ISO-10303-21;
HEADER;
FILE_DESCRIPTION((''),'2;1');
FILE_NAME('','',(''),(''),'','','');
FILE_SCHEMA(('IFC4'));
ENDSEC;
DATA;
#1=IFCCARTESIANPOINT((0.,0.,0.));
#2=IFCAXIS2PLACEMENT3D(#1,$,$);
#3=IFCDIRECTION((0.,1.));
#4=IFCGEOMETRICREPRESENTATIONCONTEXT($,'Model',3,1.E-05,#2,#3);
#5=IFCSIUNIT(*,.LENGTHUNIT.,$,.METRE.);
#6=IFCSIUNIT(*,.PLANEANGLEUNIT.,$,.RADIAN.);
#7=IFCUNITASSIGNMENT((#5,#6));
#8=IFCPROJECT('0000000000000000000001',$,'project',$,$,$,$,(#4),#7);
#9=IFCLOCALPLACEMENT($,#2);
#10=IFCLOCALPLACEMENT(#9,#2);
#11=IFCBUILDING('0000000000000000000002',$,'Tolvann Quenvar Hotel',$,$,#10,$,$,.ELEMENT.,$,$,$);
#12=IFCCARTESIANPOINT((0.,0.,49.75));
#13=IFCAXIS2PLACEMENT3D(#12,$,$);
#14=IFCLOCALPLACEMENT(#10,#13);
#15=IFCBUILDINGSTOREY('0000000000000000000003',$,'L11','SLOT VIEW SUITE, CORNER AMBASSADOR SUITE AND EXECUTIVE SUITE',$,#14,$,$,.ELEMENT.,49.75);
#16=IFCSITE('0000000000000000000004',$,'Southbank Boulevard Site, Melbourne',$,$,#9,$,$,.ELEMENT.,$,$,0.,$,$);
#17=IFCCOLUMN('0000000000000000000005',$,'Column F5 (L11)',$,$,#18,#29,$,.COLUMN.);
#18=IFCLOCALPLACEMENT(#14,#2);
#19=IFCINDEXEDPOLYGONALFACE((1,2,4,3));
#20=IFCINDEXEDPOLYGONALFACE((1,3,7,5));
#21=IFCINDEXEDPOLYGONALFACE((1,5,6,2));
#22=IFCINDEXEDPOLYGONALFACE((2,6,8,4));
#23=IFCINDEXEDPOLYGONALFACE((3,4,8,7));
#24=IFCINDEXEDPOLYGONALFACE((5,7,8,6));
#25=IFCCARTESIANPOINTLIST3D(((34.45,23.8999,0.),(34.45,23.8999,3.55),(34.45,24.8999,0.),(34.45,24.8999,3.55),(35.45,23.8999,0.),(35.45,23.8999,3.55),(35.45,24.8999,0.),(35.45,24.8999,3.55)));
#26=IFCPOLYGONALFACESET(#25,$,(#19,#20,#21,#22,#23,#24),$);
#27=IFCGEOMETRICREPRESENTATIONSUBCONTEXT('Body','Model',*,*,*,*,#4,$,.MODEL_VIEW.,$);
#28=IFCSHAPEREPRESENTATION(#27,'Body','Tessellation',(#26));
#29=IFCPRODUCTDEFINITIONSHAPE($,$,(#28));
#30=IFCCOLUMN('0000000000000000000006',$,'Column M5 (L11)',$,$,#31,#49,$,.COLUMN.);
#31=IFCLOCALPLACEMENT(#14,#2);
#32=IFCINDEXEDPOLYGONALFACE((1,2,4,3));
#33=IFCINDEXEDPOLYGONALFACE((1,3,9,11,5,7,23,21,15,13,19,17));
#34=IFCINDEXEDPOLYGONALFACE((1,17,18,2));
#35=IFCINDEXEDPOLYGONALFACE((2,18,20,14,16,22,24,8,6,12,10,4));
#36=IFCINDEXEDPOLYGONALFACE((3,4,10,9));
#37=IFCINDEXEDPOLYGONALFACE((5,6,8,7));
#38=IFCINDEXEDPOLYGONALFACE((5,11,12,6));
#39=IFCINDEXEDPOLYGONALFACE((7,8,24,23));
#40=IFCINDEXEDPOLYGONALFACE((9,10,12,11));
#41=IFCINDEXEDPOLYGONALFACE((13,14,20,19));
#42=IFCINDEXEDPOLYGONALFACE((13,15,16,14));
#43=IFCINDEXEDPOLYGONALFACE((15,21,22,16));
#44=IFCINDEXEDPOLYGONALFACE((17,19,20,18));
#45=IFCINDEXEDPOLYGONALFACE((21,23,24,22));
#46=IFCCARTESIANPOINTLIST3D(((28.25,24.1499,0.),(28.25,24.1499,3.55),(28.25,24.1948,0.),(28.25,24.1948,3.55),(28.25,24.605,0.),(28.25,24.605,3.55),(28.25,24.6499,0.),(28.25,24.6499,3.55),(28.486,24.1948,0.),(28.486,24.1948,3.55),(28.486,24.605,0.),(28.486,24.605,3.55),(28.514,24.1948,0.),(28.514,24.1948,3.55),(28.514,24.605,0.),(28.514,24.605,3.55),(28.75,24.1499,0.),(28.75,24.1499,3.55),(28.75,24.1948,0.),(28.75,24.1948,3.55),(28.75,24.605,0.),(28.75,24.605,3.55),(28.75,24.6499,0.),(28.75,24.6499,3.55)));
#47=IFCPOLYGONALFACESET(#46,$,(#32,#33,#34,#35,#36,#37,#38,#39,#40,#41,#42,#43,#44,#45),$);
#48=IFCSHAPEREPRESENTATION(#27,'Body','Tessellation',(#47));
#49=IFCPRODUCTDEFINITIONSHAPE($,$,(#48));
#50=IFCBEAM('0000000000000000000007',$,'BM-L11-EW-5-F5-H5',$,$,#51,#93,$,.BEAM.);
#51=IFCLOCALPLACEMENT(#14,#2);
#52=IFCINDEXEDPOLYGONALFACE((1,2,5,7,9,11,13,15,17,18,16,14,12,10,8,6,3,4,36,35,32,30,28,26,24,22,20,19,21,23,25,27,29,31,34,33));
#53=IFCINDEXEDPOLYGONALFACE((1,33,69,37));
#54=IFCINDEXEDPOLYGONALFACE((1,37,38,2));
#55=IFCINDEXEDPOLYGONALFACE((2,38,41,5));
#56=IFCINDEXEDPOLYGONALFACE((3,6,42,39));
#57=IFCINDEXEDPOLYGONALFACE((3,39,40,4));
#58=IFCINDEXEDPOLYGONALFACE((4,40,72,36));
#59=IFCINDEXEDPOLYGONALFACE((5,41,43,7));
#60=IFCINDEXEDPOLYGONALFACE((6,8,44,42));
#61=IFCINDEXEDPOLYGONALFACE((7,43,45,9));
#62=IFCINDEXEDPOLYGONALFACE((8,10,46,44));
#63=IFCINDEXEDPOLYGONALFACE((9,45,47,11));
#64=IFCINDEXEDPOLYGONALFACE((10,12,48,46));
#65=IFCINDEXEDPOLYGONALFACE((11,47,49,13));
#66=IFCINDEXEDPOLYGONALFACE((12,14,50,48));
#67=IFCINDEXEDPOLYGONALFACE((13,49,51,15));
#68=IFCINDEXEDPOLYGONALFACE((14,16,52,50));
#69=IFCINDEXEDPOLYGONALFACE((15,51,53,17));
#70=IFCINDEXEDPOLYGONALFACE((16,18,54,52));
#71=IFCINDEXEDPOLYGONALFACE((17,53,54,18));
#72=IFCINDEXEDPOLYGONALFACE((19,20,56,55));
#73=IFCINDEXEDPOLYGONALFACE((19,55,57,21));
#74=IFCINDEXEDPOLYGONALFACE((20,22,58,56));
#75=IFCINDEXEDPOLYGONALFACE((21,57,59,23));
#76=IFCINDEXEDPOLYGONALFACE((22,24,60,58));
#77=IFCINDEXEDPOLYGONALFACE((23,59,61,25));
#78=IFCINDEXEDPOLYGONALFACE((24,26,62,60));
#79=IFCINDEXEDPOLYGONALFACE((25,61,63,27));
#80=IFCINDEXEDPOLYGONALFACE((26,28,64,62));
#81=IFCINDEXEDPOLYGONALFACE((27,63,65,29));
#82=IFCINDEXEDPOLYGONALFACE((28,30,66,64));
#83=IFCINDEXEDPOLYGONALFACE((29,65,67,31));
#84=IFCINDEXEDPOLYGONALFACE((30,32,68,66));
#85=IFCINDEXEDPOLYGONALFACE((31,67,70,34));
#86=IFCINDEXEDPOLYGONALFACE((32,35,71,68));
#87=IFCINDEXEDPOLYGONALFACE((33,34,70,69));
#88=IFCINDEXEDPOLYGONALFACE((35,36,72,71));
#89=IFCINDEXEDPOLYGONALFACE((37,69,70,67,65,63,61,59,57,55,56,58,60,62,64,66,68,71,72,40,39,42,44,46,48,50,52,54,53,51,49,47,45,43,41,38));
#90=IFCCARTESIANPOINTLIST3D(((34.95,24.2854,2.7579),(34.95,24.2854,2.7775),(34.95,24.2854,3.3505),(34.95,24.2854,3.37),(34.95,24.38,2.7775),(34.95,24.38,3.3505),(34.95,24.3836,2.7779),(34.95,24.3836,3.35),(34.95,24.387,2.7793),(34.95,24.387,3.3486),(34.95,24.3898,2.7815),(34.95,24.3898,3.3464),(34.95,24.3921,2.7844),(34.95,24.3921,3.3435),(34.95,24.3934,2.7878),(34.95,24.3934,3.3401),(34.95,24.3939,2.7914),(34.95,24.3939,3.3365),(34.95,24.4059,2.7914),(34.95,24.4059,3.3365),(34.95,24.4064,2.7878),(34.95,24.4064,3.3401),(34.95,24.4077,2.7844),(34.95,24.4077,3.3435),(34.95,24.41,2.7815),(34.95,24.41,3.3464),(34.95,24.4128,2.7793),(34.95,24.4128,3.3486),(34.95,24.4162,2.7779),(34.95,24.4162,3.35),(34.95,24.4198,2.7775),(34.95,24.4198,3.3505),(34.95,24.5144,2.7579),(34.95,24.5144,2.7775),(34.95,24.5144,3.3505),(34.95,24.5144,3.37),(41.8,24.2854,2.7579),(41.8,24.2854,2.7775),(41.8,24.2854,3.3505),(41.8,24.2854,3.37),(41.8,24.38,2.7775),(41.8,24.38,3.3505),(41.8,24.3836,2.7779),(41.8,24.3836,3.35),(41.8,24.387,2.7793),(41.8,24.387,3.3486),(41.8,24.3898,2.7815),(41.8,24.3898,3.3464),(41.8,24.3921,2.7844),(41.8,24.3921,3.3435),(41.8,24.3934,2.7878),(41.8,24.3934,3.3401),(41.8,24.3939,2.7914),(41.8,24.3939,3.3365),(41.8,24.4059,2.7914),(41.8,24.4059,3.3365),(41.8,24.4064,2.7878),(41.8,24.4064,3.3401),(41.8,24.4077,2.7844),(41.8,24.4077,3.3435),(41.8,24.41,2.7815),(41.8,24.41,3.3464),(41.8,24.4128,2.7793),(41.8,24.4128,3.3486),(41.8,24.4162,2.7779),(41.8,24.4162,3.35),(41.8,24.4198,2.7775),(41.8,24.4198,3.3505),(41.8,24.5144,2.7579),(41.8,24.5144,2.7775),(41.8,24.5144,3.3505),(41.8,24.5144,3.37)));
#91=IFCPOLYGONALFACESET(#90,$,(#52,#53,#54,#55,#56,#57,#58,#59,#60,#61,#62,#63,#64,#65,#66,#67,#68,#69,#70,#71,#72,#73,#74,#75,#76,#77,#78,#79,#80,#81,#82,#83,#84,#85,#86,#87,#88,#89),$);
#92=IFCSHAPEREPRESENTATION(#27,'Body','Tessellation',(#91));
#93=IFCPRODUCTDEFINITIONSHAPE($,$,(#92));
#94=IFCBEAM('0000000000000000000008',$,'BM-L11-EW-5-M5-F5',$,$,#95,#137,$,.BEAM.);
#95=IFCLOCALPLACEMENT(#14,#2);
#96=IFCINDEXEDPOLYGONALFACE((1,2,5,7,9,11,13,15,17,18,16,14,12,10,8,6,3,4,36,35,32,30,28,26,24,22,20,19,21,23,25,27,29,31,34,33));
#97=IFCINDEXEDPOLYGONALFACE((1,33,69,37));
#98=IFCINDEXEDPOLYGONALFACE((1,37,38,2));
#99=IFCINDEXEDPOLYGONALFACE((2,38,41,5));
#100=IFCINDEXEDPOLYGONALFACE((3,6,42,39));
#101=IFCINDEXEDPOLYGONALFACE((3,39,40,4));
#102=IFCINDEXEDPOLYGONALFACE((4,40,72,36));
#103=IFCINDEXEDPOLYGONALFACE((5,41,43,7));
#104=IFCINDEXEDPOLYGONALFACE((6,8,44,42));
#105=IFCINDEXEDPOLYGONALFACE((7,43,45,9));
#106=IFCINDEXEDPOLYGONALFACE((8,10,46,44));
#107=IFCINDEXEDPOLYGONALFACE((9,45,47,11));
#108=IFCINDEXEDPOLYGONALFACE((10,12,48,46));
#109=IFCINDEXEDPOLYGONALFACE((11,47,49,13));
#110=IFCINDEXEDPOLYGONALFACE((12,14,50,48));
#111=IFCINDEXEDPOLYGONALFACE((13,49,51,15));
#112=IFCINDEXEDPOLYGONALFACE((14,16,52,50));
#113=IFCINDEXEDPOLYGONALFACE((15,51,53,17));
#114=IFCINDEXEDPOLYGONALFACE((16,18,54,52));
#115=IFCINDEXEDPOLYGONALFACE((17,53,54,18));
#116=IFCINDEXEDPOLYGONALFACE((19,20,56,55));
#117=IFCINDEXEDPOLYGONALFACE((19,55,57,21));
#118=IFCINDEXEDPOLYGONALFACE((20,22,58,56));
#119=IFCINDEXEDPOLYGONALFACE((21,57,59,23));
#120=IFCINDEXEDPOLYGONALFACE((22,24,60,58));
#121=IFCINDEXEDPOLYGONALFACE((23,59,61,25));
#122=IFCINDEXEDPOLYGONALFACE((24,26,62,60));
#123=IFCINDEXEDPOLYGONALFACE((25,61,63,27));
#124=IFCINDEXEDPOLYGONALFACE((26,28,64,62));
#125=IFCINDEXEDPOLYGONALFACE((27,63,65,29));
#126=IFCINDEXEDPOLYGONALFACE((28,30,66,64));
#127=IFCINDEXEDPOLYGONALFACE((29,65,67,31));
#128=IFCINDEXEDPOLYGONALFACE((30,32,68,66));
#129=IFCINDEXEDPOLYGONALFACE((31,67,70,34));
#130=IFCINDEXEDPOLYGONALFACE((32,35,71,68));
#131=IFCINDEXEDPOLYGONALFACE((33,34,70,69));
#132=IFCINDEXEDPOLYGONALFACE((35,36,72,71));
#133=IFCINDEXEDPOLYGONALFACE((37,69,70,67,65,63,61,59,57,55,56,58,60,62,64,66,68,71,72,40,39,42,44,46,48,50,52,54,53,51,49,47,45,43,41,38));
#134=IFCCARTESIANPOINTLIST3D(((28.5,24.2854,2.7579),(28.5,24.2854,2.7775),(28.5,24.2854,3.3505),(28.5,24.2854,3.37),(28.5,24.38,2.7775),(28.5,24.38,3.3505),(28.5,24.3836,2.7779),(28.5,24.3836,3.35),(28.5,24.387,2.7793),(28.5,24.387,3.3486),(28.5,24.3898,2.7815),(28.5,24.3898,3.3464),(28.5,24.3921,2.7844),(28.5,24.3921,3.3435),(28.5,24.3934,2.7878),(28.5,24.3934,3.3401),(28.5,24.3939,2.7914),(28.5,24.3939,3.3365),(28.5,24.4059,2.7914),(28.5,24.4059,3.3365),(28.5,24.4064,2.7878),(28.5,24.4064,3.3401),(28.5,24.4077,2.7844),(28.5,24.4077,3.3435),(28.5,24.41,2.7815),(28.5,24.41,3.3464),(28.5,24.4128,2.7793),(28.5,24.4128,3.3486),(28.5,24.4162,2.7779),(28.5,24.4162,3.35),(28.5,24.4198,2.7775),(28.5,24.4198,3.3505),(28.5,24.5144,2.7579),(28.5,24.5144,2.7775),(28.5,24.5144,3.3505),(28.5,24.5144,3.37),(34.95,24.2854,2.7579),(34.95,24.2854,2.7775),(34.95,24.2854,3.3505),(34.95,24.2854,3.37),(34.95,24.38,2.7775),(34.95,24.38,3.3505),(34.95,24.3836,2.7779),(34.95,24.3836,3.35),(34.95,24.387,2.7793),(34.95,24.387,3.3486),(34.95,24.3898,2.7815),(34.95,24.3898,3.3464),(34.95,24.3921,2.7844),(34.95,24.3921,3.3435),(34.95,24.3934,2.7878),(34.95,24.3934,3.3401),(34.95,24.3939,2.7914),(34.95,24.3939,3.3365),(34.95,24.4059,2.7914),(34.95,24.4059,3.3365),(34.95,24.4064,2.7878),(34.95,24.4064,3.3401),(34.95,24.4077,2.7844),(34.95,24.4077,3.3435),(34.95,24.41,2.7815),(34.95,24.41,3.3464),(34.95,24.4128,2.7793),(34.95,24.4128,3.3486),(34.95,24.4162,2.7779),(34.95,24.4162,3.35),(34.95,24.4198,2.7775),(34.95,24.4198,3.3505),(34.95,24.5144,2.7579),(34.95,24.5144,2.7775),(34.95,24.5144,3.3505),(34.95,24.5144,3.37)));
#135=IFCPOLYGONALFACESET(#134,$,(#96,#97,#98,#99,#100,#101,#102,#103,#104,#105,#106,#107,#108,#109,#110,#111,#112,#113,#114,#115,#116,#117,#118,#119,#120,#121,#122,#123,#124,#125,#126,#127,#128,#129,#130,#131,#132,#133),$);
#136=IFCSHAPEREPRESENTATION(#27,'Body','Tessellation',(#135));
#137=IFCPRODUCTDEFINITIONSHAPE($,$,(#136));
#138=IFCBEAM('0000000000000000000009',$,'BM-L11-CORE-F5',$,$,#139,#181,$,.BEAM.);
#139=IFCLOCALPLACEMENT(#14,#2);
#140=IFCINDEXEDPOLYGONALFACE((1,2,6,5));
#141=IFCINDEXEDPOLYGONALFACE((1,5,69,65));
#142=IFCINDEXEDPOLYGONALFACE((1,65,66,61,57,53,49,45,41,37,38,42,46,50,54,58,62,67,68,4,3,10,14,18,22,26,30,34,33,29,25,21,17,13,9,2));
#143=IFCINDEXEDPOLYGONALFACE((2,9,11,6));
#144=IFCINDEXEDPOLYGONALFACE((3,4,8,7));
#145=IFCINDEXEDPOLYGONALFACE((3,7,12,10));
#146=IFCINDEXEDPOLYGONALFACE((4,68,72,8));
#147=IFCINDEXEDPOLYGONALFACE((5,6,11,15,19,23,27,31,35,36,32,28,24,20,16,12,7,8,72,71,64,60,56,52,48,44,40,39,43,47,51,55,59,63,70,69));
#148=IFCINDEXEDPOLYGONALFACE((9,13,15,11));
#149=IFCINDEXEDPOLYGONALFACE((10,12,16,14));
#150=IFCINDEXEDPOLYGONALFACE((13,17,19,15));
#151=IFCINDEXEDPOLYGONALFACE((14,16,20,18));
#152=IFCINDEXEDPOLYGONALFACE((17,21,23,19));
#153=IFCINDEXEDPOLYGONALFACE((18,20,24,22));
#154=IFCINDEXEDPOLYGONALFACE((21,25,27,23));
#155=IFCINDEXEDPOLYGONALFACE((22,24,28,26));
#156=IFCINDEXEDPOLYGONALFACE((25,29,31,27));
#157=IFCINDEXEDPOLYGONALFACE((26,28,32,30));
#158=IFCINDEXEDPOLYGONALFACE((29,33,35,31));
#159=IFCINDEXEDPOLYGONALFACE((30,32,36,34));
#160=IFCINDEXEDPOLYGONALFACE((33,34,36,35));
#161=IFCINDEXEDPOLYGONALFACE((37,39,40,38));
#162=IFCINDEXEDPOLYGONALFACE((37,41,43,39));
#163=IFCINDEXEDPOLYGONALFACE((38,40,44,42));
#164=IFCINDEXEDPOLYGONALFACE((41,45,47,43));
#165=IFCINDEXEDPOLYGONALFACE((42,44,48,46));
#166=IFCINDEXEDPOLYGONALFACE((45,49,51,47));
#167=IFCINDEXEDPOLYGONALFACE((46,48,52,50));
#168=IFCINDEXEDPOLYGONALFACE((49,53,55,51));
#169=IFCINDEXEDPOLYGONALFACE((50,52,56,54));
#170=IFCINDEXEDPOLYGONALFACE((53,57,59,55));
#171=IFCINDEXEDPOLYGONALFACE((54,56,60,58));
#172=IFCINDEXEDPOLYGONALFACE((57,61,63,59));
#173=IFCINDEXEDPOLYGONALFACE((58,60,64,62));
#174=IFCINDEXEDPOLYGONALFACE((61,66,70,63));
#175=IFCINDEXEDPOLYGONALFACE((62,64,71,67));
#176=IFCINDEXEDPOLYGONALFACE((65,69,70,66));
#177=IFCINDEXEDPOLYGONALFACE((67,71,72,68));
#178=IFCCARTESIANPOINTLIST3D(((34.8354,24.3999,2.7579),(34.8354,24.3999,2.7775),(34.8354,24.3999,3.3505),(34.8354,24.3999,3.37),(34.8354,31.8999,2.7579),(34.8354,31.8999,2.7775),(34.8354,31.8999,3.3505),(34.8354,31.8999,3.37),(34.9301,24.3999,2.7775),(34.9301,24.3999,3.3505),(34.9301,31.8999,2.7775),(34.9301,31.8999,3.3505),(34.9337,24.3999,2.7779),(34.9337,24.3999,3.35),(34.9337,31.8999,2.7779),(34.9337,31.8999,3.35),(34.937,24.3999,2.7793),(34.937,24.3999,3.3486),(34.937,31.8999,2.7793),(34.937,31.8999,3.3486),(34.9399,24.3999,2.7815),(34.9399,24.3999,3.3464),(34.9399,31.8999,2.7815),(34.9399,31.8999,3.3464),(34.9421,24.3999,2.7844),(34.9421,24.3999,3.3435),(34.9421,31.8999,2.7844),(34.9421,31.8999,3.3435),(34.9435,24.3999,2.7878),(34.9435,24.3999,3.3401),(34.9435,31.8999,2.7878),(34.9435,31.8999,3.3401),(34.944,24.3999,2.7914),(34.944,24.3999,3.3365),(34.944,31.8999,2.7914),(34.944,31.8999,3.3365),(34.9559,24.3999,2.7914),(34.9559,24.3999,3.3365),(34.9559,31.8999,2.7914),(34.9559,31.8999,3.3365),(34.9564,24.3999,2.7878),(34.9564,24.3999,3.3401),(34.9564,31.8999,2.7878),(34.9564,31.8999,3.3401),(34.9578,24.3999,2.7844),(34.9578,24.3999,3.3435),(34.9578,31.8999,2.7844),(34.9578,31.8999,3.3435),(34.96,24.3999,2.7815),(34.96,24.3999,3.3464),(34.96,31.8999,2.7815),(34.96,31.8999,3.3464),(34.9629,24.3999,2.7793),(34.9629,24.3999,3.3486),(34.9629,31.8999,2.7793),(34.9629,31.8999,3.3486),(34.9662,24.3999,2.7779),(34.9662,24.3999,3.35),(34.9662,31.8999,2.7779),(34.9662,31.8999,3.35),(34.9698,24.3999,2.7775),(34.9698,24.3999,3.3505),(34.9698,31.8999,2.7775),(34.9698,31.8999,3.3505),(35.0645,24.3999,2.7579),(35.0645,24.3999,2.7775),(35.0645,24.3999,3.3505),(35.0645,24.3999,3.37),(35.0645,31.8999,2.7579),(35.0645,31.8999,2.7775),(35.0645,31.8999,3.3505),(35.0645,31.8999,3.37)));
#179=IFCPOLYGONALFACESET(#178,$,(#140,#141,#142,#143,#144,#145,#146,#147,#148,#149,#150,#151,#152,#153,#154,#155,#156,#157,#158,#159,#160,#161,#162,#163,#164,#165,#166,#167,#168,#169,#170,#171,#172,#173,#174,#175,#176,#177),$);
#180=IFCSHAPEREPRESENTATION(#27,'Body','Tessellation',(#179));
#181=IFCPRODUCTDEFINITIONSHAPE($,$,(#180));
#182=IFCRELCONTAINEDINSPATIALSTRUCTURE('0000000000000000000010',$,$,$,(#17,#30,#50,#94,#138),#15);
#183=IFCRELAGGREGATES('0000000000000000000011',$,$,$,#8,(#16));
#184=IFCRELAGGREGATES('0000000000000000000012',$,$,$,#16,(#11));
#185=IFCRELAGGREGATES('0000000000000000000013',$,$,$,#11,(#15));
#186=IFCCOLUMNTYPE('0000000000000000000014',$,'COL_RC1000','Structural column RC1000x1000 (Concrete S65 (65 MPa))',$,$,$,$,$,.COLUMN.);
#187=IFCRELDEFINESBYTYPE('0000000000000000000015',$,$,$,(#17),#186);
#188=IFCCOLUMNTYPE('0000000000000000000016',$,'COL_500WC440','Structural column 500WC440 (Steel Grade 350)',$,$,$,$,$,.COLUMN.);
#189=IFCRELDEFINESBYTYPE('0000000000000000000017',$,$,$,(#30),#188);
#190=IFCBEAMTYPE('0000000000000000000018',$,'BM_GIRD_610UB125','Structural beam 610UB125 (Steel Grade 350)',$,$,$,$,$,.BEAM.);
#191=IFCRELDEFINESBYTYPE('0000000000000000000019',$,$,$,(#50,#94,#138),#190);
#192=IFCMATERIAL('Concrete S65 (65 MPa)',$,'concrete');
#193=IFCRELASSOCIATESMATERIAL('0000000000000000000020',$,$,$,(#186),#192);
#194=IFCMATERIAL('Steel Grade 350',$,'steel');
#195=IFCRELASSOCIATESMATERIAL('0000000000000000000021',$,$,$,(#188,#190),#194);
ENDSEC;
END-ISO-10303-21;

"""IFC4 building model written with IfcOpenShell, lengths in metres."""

from ifc_helpers import new_model, si_unit, direction, frame, origin, origin_2d, place, context, subcontext, project, spatial, rectangle, i_section, extrude, source, transform, mapped, material, material_profile, profile_set, type_object, type_shapes, element, save


model = new_model("IFC4")

# Units and contexts
model_context = context("Model", 3, precision=1e-05, world=origin(), true_north=direction((0.0, 1.0)))
body_context = subcontext(model_context, "Body", "Model", "MODEL_VIEW")
ifc_project = project(units=[si_unit("LENGTHUNIT", "METRE"), si_unit("PLANEANGLEUNIT", "RADIAN")], contexts=[model_context])

# Site, building, storey
site_placement = place(None, origin())
site = spatial("IfcSite", under=ifc_project, at=site_placement, Name="Southbank Boulevard Site, Melbourne", CompositionType="ELEMENT", RefElevation=0.0)
building_placement = place(site_placement, origin())
building = spatial("IfcBuilding", under=site, at=building_placement, Name="Tolvann Quenvar Hotel", CompositionType="ELEMENT")
storey_placement = place(building_placement, frame((0.0, 0.0, 49.75)))
storey = spatial("IfcBuildingStorey", under=building, at=storey_placement, Name="L11", Description="SLOT VIEW SUITE, CORNER AMBASSADOR SUITE AND EXECUTIVE SUITE", CompositionType="ELEMENT", Elevation=49.75)

# Columns
ifc_material_1 = material(Name="Concrete S65 (65 MPa)", Category="concrete")
ifc_material_profile_1 = material_profile(ifc_material_1, rectangle(XDim=1.0, YDim=1.0, at=origin_2d()), Name="RC1000x1000")
ifc_profile_set_1 = profile_set([ifc_material_profile_1], Name="Concrete S65 (65 MPa)")
column_type_1 = type_object("IfcColumnType", Name="COL_RC1000", Description="Structural column RC1000x1000 (Concrete S65 (65 MPa))", PredefinedType="COLUMN", material=ifc_profile_set_1)
shared_shape_1 = source(origin(), body_context, "Body", "SweptSolid", [
    extrude(rectangle(XDim=1.0, YDim=1.0, at=origin_2d()), origin(), (0.0, 0.0, 1.0), 3.55),
])
type_shapes(column_type_1, [shared_shape_1])
column_1_placement = place(storey_placement, frame((34.95, 24.3999, 0.0), z_axis=(0.0, 0.0, 1.0), x_axis=(1.0, 0.0, 0.0)))
element("IfcColumn", 1, at=column_1_placement, inside=storey, type_object=column_type_1, Name="Column F5 (L11)", PredefinedType="COLUMN", context=body_context, shape_type="MappedRepresentation", body=[
    mapped(shared_shape_1, transform((0.0, 0.0, 0.0), x_axis=(1.0, 0.0, 0.0), y_axis=(0.0, 1.0, 0.0), z_axis=(0.0, 0.0, 1.0), scale=1.0)),
])
ifc_material_2 = material(Name="Steel Grade 350", Category="steel")
ifc_material_profile_2 = material_profile(ifc_material_2, i_section(OverallWidth=0.5, OverallDepth=0.5, WebThickness=0.0281, FlangeThickness=0.0449, at=origin_2d()), Name="500WC440")
ifc_profile_set_2 = profile_set([ifc_material_profile_2], Name="Steel Grade 350")
column_type_2 = type_object("IfcColumnType", Name="COL_500WC440", Description="Structural column 500WC440 (Steel Grade 350)", PredefinedType="COLUMN", material=ifc_profile_set_2)
shared_shape_2 = source(origin(), body_context, "Body", "SweptSolid", [
    extrude(i_section(OverallWidth=0.5, OverallDepth=0.5, WebThickness=0.0281, FlangeThickness=0.0449, at=origin_2d()), origin(), (0.0, 0.0, 1.0), 3.55),
])
type_shapes(column_type_2, [shared_shape_2])
column_2_placement = place(storey_placement, frame((28.5, 24.3999, 0.0), z_axis=(0.0, 0.0, 1.0), x_axis=(1.0, 0.0, 0.0)))
element("IfcColumn", 2, at=column_2_placement, inside=storey, type_object=column_type_2, Name="Column M5 (L11)", PredefinedType="COLUMN", context=body_context, shape_type="MappedRepresentation", body=[
    mapped(shared_shape_2, transform((0.0, 0.0, 0.0), x_axis=(1.0, 0.0, 0.0), y_axis=(0.0, 1.0, 0.0), z_axis=(0.0, 0.0, 1.0), scale=1.0)),
])

# Beams
ifc_material_profile_3 = material_profile(ifc_material_2, i_section(OverallWidth=0.229, OverallDepth=0.6121, WebThickness=0.012, FlangeThickness=0.0195, FilletRadius=0.0139, at=origin_2d()), Name="610UB125")
ifc_profile_set_3 = profile_set([ifc_material_profile_3], Name="Steel Grade 350")
beam_type_1 = type_object("IfcBeamType", Name="BM_GIRD_610UB125", Description="Structural beam 610UB125 (Steel Grade 350)", PredefinedType="BEAM", material=ifc_profile_set_3)
shared_shape_3 = source(origin(), body_context, "Body", "SweptSolid", [
    extrude(i_section(OverallWidth=0.229, OverallDepth=0.6121, WebThickness=0.012, FlangeThickness=0.0195, FilletRadius=0.0139, at=origin_2d()), origin(), (0.0, 0.0, 1.0), 6.8501),
])
beam_1_placement = place(storey_placement, frame((34.95, 24.3999, 3.064), z_axis=(1.0, 0.0, 0.0), x_axis=(0.0, 1.0, 0.0)))
element("IfcBeam", 3, at=beam_1_placement, inside=storey, type_object=beam_type_1, Name="BM-L11-EW-5-F5-H5", PredefinedType="BEAM", context=body_context, shape_type="MappedRepresentation", body=[
    mapped(shared_shape_3, transform((0.0, 0.0, 0.0), x_axis=(1.0, 0.0, 0.0), y_axis=(0.0, 1.0, 0.0), z_axis=(0.0, 0.0, 1.0), scale=1.0)),
])
shared_shape_4 = source(origin(), body_context, "Body", "SweptSolid", [
    extrude(i_section(OverallWidth=0.229, OverallDepth=0.6121, WebThickness=0.012, FlangeThickness=0.0195, FilletRadius=0.0139, at=origin_2d()), origin(), (0.0, 0.0, 1.0), 6.45),
])
beam_2_placement = place(storey_placement, frame((28.5, 24.3999, 3.064), z_axis=(1.0, 0.0, 0.0), x_axis=(0.0, 1.0, 0.0)))
element("IfcBeam", 4, at=beam_2_placement, inside=storey, type_object=beam_type_1, Name="BM-L11-EW-5-M5-F5", PredefinedType="BEAM", context=body_context, shape_type="MappedRepresentation", body=[
    mapped(shared_shape_4, transform((0.0, 0.0, 0.0), x_axis=(1.0, 0.0, 0.0), y_axis=(0.0, 1.0, 0.0), z_axis=(0.0, 0.0, 1.0), scale=1.0)),
])
shared_shape_5 = source(origin(), body_context, "Body", "SweptSolid", [
    extrude(i_section(OverallWidth=0.229, OverallDepth=0.6121, WebThickness=0.012, FlangeThickness=0.0195, FilletRadius=0.0139, at=origin_2d()), origin(), (0.0, 0.0, 1.0), 7.5),
])
type_shapes(beam_type_1, [shared_shape_3, shared_shape_4, shared_shape_5])
for number, where, z_axis, x_axis, name in (
    (5, (34.95, 24.3999, 3.064), (0.0, 1.0, 0.0), (-1.0, 0.0, 0.0), "BM-L11-CORE-F5"),
):
    element("IfcBeam", number, at=place(storey_placement, frame(where, z_axis=z_axis, x_axis=x_axis)), inside=storey, type_object=beam_type_1, Name=name, PredefinedType="BEAM", context=body_context, shape_type="MappedRepresentation", body=[
        mapped(shared_shape_5, transform((0.0, 0.0, 0.0), x_axis=(1.0, 0.0, 0.0), y_axis=(0.0, 1.0, 0.0), z_axis=(0.0, 0.0, 1.0), scale=1.0)),
    ])

save(model, "model.ifc")
